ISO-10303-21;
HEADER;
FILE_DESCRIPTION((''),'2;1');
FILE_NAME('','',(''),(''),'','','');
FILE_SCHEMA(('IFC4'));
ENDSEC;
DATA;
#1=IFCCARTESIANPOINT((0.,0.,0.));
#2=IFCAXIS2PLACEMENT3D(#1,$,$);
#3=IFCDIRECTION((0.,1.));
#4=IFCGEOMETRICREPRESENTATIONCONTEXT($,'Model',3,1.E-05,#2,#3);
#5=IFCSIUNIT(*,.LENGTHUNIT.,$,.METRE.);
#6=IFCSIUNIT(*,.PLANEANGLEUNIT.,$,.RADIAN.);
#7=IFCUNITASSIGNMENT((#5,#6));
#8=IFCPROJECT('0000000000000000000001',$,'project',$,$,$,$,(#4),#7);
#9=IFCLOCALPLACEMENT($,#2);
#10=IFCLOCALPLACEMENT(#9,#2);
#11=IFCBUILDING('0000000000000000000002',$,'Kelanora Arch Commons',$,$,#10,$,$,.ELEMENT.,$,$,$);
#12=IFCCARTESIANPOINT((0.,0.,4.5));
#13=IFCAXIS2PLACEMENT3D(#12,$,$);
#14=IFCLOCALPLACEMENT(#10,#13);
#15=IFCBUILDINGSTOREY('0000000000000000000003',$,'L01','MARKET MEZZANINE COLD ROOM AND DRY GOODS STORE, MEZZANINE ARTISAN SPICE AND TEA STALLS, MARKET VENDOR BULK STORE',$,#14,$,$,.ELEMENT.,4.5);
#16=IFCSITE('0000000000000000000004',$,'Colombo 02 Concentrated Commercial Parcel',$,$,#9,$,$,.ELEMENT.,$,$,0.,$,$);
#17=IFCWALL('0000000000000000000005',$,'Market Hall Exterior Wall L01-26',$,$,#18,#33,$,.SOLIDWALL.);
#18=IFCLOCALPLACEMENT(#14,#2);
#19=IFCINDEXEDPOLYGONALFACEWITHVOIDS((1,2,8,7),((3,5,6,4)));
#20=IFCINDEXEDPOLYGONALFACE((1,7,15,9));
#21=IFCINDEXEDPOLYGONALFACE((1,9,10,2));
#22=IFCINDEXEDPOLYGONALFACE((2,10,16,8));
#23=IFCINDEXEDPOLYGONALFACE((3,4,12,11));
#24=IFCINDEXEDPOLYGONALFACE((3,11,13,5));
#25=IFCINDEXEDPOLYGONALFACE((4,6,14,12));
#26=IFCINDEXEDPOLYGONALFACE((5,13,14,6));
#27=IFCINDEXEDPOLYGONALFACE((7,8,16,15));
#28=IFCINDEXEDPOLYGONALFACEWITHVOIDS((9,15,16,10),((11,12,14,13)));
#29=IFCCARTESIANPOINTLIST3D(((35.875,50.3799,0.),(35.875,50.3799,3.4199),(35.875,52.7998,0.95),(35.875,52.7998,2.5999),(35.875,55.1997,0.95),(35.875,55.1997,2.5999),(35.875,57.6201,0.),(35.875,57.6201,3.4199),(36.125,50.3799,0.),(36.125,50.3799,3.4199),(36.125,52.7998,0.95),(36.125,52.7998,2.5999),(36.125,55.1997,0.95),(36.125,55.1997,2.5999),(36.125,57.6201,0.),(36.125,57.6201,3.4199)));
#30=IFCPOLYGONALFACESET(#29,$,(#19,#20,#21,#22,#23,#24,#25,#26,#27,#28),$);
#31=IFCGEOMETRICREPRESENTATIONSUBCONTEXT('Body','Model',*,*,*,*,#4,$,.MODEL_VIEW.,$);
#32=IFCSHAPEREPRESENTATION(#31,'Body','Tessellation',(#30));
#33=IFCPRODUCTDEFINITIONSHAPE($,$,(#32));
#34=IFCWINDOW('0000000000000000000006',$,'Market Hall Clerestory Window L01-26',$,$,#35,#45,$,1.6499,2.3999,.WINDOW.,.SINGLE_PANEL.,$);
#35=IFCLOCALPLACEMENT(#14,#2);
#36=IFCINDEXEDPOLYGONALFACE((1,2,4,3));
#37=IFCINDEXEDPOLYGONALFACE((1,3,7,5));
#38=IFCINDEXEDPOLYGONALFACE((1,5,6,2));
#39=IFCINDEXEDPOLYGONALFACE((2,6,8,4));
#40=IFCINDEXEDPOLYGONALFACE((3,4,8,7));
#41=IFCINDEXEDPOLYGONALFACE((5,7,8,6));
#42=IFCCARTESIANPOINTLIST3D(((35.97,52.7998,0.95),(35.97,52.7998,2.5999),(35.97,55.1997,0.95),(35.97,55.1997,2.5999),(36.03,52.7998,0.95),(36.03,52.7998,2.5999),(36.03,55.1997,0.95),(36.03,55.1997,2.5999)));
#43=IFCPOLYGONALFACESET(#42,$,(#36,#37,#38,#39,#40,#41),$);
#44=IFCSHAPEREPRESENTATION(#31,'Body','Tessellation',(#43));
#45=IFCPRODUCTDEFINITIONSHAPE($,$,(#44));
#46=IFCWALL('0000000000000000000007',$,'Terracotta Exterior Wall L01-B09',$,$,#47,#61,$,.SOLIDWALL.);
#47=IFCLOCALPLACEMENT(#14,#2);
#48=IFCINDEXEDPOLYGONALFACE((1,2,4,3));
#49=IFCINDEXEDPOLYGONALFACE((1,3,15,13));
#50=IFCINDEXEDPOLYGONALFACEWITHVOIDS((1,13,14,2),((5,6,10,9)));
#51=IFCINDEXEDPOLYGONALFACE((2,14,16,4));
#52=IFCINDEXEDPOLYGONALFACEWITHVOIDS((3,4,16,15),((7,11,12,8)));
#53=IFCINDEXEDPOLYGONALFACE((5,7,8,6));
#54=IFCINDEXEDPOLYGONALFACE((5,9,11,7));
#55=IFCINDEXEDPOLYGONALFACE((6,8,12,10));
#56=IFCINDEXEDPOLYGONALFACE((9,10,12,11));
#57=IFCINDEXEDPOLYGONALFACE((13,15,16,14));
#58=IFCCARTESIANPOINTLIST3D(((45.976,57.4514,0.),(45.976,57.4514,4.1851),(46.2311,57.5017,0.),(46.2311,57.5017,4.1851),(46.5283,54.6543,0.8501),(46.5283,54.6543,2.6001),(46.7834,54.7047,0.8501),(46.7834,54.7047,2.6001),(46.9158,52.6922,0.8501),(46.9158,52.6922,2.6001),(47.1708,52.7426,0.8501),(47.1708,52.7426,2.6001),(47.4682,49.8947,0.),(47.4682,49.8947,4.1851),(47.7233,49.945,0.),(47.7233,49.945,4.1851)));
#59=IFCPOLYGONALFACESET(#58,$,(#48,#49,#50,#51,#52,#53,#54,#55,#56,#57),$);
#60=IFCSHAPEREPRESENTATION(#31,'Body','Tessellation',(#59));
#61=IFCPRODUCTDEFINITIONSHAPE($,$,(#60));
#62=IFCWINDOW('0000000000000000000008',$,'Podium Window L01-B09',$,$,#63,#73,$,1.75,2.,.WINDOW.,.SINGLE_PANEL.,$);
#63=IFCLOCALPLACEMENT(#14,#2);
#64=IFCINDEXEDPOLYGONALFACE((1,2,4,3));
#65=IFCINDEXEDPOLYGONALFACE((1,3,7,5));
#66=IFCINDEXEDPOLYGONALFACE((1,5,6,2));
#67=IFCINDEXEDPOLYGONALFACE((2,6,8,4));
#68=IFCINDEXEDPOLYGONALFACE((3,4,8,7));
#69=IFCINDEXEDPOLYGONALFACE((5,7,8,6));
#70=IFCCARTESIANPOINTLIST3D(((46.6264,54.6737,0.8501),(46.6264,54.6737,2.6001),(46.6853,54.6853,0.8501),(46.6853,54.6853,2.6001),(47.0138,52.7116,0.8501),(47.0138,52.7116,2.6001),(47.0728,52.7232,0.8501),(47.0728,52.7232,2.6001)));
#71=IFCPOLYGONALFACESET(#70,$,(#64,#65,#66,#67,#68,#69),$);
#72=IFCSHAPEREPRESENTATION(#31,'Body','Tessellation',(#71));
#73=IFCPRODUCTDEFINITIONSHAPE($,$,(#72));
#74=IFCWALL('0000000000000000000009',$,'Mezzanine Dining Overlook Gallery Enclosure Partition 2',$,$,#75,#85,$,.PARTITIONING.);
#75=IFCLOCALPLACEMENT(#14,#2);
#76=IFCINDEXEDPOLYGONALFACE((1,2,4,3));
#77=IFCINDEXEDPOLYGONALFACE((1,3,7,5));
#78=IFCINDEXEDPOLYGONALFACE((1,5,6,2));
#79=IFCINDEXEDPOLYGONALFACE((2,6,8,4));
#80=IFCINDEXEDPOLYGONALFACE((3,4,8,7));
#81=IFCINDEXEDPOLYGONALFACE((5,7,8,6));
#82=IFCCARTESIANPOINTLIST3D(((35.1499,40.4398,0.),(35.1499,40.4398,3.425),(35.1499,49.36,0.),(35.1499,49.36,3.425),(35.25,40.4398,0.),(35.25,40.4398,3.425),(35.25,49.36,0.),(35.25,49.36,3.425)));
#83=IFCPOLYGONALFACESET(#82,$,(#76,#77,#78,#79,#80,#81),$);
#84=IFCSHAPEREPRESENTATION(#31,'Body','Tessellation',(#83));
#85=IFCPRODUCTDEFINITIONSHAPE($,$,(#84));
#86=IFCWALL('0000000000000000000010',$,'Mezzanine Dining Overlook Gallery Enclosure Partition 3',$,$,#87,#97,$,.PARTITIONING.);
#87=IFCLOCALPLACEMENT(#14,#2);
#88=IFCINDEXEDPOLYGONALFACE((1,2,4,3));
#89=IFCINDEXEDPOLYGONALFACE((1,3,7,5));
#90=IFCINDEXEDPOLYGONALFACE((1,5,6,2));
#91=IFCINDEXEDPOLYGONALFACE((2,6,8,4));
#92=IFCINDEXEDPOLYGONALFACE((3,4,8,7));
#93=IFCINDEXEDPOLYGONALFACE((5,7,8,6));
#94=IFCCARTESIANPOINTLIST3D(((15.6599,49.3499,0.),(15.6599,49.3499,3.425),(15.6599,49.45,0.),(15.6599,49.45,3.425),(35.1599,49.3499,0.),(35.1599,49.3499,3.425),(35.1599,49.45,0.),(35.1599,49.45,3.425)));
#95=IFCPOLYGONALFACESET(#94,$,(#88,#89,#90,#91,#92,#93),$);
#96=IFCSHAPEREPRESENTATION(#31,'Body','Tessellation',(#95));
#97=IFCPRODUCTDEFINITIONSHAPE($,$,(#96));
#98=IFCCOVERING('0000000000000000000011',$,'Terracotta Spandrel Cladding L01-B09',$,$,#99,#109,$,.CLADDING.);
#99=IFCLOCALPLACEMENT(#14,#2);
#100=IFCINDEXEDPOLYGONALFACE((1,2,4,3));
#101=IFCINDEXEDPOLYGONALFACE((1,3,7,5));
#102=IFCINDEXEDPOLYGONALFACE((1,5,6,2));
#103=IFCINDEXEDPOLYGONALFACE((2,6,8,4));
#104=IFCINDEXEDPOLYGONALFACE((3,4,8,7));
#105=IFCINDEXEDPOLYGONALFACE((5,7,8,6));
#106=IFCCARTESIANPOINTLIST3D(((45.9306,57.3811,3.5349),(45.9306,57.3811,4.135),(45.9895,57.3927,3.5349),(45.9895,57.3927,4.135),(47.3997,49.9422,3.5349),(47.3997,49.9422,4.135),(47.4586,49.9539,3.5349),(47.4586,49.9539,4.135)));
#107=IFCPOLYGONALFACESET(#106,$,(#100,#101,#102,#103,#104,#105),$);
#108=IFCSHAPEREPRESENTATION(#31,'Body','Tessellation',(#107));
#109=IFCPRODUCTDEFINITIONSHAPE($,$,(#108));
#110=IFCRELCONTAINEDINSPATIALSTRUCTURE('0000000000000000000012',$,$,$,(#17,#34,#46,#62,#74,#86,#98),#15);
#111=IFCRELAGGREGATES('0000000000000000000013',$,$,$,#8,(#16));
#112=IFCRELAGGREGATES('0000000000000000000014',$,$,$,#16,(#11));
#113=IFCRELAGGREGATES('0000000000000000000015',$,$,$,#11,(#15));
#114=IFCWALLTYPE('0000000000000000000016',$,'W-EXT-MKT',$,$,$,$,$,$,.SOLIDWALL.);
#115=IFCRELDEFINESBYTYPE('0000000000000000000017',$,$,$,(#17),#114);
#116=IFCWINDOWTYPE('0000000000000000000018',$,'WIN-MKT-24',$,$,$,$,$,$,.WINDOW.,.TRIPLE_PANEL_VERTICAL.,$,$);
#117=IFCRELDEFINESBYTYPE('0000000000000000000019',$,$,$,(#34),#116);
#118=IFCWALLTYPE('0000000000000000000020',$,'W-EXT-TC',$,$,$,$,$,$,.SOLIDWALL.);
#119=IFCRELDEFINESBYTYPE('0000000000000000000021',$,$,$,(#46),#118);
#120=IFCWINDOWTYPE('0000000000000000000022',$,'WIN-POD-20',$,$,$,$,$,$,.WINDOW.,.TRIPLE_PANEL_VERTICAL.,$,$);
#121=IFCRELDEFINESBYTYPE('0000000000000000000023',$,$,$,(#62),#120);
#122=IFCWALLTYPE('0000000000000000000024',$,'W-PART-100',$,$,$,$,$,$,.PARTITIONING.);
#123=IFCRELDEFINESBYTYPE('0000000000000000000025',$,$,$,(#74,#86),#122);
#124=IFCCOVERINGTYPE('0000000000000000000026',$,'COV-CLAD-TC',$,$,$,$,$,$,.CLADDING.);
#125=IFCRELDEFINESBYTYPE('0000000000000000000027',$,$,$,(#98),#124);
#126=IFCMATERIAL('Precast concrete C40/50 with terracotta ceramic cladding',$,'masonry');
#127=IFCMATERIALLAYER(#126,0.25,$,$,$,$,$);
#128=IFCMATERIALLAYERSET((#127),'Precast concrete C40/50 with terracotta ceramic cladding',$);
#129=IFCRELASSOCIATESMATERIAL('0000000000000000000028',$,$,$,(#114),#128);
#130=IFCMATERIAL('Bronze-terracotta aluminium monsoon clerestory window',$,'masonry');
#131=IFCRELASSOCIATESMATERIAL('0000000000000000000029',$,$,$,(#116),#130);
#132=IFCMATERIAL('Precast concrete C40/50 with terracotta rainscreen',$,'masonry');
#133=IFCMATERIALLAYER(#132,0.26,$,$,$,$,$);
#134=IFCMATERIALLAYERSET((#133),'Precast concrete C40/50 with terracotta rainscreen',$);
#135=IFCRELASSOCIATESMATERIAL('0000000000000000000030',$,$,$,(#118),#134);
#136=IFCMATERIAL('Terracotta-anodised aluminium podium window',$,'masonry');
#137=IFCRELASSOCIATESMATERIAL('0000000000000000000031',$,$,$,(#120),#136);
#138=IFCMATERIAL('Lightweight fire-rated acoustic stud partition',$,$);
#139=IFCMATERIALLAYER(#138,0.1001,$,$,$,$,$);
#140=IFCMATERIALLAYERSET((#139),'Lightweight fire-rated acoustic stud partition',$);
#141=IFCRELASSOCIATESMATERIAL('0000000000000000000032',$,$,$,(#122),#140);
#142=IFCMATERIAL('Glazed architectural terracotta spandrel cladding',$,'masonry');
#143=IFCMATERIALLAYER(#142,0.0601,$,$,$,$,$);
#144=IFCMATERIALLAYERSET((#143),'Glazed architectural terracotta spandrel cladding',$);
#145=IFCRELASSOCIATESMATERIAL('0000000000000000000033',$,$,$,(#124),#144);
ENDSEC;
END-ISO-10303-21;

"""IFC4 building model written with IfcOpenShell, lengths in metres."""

from ifc_helpers import new_model, si_unit, direction, frame, frame_2d, origin, origin_2d, place, context, subcontext, project, spatial, rectangle, extrude, source, transform, mapped, material, layer, layer_set, type_object, element, fill, save


model = new_model("IFC4")

# Units and contexts
model_context = context("Model", 3, precision=1e-05, world=origin(), true_north=direction((0.0, 1.0)))
body_context = subcontext(model_context, "Body", "Model", "MODEL_VIEW")
ifc_project = project(units=[si_unit("LENGTHUNIT", "METRE"), si_unit("PLANEANGLEUNIT", "RADIAN")], contexts=[model_context])

# Site, building, storey
site_placement = place(None, origin())
site = spatial("IfcSite", under=ifc_project, at=site_placement, Name="Colombo 02 Concentrated Commercial Parcel", CompositionType="ELEMENT", RefElevation=0.0)
building_placement = place(site_placement, origin())
building = spatial("IfcBuilding", under=site, at=building_placement, Name="Kelanora Arch Commons", CompositionType="ELEMENT")
storey_placement = place(building_placement, frame((0.0, 0.0, 4.5)))
storey = spatial("IfcBuildingStorey", under=building, at=storey_placement, Name="L01", Description="MARKET MEZZANINE COLD ROOM AND DRY GOODS STORE, MEZZANINE ARTISAN SPICE AND TEA STALLS, MARKET VENDOR BULK STORE", CompositionType="ELEMENT", Elevation=4.5)

# Walls, openings, windows
ifc_material_1 = material(Name="Precast concrete C40/50 with terracotta ceramic cladding", Category="masonry")
ifc_layer_1 = layer(ifc_material_1, 0.25)
ifc_layer_set_1 = layer_set([ifc_layer_1], Name="Precast concrete C40/50 with terracotta ceramic cladding")
wall_type_1 = type_object("IfcWallType", Name="W-EXT-MKT", PredefinedType="SOLIDWALL", material=ifc_layer_set_1)
ifc_material_2 = material(Name="Bronze-terracotta aluminium monsoon clerestory window", Category="masonry")
window_type_1 = type_object("IfcWindowType", Name="WIN-MKT-24", PartitioningType="TRIPLE_PANEL_VERTICAL", PredefinedType="WINDOW", material=ifc_material_2)
wall_1_placement = place(storey_placement, frame((36.0, 50.3799, 0.0), z_axis=(0.0, 0.0, 1.0), x_axis=(0.0, 1.0, 0.0)))
wall_1 = element("IfcWall", 1, at=wall_1_placement, inside=storey, type_object=wall_type_1, Name="Market Hall Exterior Wall L01-26", PredefinedType="SOLIDWALL", context=body_context, shape_type="SweptSolid", body=[
    extrude(rectangle(XDim=7.2402, YDim=0.25, at=frame_2d((3.6201, 0.0))), origin(), (0.0, 0.0, 1.0), 3.4199),
])
opening_1_placement = place(wall_1_placement, frame((2.4199, 0.0, 0.95)))
opening_1 = element("IfcOpeningElement", 2, at=opening_1_placement, cuts=wall_1, PredefinedType="OPENING", context=body_context, shape_type="SweptSolid", body=[
    extrude(rectangle(XDim=2.3999, YDim=1.6499, at=frame_2d((1.2, 0.825))), frame((0.0, 0.135, 0.0), z_axis=(0.0, -1.0, 0.0), x_axis=(1.0, 0.0, 0.0)), (0.0, 0.0, 1.0), 0.27),
])
window_1_placement = place(opening_1_placement, origin())
window_1 = element("IfcWindow", 3, at=window_1_placement, inside=storey, type_object=window_type_1, Name="Market Hall Clerestory Window L01-26", OverallHeight=1.6499, OverallWidth=2.3999, PartitioningType="SINGLE_PANEL", PredefinedType="WINDOW", context=body_context, shape_type="SweptSolid", body=[
    extrude(rectangle(XDim=2.3999, YDim=1.6499, at=frame_2d((1.2, 0.825))), frame((0.0, 0.03, 0.0), z_axis=(0.0, -1.0, 0.0), x_axis=(1.0, 0.0, 0.0)), (0.0, 0.0, 1.0), 0.0601),
])
fill(opening_1, window_1)
ifc_material_3 = material(Name="Precast concrete C40/50 with terracotta rainscreen", Category="masonry")
ifc_layer_2 = layer(ifc_material_3, 0.26)
ifc_layer_set_2 = layer_set([ifc_layer_2], Name="Precast concrete C40/50 with terracotta rainscreen")
wall_type_2 = type_object("IfcWallType", Name="W-EXT-TC", PredefinedType="SOLIDWALL", material=ifc_layer_set_2)
wall_2_placement = place(storey_placement, frame((46.1035, 57.4766, 0.0), z_axis=(0.0, 0.0, 1.0), x_axis=(0.193726, -0.981056, 0.0)))
wall_2 = element("IfcWall", 4, at=wall_2_placement, inside=storey, type_object=wall_type_2, Name="Terracotta Exterior Wall L01-B09", PredefinedType="SOLIDWALL", context=body_context, shape_type="SweptSolid", body=[
    extrude(rectangle(XDim=7.7026, YDim=0.26, at=frame_2d((3.8513, 0.0))), origin(), (0.0, 0.0, 1.0), 4.1851),
])
opening_2_placement = place(wall_2_placement, frame((2.8511, 0.0, 0.8501)))
opening_2 = element("IfcOpeningElement", 5, at=opening_2_placement, cuts=wall_2, PredefinedType="OPENING", context=body_context, shape_type="SweptSolid", body=[
    extrude(rectangle(XDim=2.0, YDim=1.75, at=frame_2d((1.0, 0.875))), frame((0.0, 0.1401, 0.0), z_axis=(0.0, -1.0, 0.0), x_axis=(1.0, 0.0, 0.0)), (0.0, 0.0, 1.0), 0.28),
])
ifc_material_4 = material(Name="Terracotta-anodised aluminium podium window", Category="masonry")
window_type_2 = type_object("IfcWindowType", Name="WIN-POD-20", PartitioningType="TRIPLE_PANEL_VERTICAL", PredefinedType="WINDOW", material=ifc_material_4)
window_2_placement = place(opening_2_placement, origin())
window_2 = element("IfcWindow", 6, at=window_2_placement, inside=storey, type_object=window_type_2, Name="Podium Window L01-B09", OverallHeight=1.75, OverallWidth=2.0, PartitioningType="SINGLE_PANEL", PredefinedType="WINDOW", context=body_context, shape_type="SweptSolid", body=[
    extrude(rectangle(XDim=2.0, YDim=1.75, at=frame_2d((1.0, 0.875))), frame((0.0, 0.03, 0.0), z_axis=(0.0, -1.0, 0.0), x_axis=(1.0, 0.0, 0.0)), (0.0, 0.0, 1.0), 0.0601),
])
fill(opening_2, window_2)

# Walls
ifc_material_5 = material(Name="Lightweight fire-rated acoustic stud partition")
ifc_layer_3 = layer(ifc_material_5, 0.1001)
ifc_layer_set_3 = layer_set([ifc_layer_3], Name="Lightweight fire-rated acoustic stud partition")
wall_type_3 = type_object("IfcWallType", Name="W-PART-100", PredefinedType="PARTITIONING", material=ifc_layer_set_3)
wall_3_placement = place(storey_placement, frame((35.2, 40.4399, 0.0), z_axis=(0.0, 0.0, 1.0), x_axis=(0.0, 1.0, 0.0)))
element("IfcWall", 7, at=wall_3_placement, inside=storey, type_object=wall_type_3, Name="Mezzanine Dining Overlook Gallery Enclosure Partition 2", PredefinedType="PARTITIONING", context=body_context, shape_type="SweptSolid", body=[
    extrude(rectangle(XDim=8.9202, YDim=0.1001, at=frame_2d((4.46, 0.0))), origin(), (0.0, 0.0, 1.0), 3.425),
])
wall_4_placement = place(storey_placement, frame((35.1599, 49.3999, 0.0), z_axis=(0.0, 0.0, 1.0), x_axis=(-1.0, 0.0, 0.0)))
element("IfcWall", 8, at=wall_4_placement, inside=storey, type_object=wall_type_3, Name="Mezzanine Dining Overlook Gallery Enclosure Partition 3", PredefinedType="PARTITIONING", context=body_context, shape_type="SweptSolid", body=[
    extrude(rectangle(XDim=19.5, YDim=0.1001, at=frame_2d((9.75, 0.0))), origin(), (0.0, 0.0, 1.0), 3.425),
])

# Covering
ifc_material_6 = material(Name="Glazed architectural terracotta spandrel cladding", Category="masonry")
ifc_layer_4 = layer(ifc_material_6, 0.0601)
ifc_layer_set_4 = layer_set([ifc_layer_4], Name="Glazed architectural terracotta spandrel cladding")
covering_type = type_object("IfcCoveringType", Name="COV-CLAD-TC", PredefinedType="CLADDING", material=ifc_layer_set_4)
shared_shape_1 = source(origin(), body_context, "Body", "SweptSolid", [
    extrude(rectangle(XDim=7.5825, YDim=0.0601, at=origin_2d()), origin(), (0.0, 0.0, 1.0), 0.6001),
])
covering_placement = place(storey_placement, frame((46.6946, 53.6675, 3.5349), z_axis=(0.0, 0.0, 1.0), x_axis=(0.193744, -0.981052, 0.0)))
element("IfcCovering", 9, at=covering_placement, inside=storey, type_object=covering_type, Name="Terracotta Spandrel Cladding L01-B09", PredefinedType="CLADDING", context=body_context, shape_type="MappedRepresentation", body=[
    mapped(shared_shape_1, transform((0.0, 0.0, 0.0), scale=1.0)),
])

save(model, "model.ifc")
